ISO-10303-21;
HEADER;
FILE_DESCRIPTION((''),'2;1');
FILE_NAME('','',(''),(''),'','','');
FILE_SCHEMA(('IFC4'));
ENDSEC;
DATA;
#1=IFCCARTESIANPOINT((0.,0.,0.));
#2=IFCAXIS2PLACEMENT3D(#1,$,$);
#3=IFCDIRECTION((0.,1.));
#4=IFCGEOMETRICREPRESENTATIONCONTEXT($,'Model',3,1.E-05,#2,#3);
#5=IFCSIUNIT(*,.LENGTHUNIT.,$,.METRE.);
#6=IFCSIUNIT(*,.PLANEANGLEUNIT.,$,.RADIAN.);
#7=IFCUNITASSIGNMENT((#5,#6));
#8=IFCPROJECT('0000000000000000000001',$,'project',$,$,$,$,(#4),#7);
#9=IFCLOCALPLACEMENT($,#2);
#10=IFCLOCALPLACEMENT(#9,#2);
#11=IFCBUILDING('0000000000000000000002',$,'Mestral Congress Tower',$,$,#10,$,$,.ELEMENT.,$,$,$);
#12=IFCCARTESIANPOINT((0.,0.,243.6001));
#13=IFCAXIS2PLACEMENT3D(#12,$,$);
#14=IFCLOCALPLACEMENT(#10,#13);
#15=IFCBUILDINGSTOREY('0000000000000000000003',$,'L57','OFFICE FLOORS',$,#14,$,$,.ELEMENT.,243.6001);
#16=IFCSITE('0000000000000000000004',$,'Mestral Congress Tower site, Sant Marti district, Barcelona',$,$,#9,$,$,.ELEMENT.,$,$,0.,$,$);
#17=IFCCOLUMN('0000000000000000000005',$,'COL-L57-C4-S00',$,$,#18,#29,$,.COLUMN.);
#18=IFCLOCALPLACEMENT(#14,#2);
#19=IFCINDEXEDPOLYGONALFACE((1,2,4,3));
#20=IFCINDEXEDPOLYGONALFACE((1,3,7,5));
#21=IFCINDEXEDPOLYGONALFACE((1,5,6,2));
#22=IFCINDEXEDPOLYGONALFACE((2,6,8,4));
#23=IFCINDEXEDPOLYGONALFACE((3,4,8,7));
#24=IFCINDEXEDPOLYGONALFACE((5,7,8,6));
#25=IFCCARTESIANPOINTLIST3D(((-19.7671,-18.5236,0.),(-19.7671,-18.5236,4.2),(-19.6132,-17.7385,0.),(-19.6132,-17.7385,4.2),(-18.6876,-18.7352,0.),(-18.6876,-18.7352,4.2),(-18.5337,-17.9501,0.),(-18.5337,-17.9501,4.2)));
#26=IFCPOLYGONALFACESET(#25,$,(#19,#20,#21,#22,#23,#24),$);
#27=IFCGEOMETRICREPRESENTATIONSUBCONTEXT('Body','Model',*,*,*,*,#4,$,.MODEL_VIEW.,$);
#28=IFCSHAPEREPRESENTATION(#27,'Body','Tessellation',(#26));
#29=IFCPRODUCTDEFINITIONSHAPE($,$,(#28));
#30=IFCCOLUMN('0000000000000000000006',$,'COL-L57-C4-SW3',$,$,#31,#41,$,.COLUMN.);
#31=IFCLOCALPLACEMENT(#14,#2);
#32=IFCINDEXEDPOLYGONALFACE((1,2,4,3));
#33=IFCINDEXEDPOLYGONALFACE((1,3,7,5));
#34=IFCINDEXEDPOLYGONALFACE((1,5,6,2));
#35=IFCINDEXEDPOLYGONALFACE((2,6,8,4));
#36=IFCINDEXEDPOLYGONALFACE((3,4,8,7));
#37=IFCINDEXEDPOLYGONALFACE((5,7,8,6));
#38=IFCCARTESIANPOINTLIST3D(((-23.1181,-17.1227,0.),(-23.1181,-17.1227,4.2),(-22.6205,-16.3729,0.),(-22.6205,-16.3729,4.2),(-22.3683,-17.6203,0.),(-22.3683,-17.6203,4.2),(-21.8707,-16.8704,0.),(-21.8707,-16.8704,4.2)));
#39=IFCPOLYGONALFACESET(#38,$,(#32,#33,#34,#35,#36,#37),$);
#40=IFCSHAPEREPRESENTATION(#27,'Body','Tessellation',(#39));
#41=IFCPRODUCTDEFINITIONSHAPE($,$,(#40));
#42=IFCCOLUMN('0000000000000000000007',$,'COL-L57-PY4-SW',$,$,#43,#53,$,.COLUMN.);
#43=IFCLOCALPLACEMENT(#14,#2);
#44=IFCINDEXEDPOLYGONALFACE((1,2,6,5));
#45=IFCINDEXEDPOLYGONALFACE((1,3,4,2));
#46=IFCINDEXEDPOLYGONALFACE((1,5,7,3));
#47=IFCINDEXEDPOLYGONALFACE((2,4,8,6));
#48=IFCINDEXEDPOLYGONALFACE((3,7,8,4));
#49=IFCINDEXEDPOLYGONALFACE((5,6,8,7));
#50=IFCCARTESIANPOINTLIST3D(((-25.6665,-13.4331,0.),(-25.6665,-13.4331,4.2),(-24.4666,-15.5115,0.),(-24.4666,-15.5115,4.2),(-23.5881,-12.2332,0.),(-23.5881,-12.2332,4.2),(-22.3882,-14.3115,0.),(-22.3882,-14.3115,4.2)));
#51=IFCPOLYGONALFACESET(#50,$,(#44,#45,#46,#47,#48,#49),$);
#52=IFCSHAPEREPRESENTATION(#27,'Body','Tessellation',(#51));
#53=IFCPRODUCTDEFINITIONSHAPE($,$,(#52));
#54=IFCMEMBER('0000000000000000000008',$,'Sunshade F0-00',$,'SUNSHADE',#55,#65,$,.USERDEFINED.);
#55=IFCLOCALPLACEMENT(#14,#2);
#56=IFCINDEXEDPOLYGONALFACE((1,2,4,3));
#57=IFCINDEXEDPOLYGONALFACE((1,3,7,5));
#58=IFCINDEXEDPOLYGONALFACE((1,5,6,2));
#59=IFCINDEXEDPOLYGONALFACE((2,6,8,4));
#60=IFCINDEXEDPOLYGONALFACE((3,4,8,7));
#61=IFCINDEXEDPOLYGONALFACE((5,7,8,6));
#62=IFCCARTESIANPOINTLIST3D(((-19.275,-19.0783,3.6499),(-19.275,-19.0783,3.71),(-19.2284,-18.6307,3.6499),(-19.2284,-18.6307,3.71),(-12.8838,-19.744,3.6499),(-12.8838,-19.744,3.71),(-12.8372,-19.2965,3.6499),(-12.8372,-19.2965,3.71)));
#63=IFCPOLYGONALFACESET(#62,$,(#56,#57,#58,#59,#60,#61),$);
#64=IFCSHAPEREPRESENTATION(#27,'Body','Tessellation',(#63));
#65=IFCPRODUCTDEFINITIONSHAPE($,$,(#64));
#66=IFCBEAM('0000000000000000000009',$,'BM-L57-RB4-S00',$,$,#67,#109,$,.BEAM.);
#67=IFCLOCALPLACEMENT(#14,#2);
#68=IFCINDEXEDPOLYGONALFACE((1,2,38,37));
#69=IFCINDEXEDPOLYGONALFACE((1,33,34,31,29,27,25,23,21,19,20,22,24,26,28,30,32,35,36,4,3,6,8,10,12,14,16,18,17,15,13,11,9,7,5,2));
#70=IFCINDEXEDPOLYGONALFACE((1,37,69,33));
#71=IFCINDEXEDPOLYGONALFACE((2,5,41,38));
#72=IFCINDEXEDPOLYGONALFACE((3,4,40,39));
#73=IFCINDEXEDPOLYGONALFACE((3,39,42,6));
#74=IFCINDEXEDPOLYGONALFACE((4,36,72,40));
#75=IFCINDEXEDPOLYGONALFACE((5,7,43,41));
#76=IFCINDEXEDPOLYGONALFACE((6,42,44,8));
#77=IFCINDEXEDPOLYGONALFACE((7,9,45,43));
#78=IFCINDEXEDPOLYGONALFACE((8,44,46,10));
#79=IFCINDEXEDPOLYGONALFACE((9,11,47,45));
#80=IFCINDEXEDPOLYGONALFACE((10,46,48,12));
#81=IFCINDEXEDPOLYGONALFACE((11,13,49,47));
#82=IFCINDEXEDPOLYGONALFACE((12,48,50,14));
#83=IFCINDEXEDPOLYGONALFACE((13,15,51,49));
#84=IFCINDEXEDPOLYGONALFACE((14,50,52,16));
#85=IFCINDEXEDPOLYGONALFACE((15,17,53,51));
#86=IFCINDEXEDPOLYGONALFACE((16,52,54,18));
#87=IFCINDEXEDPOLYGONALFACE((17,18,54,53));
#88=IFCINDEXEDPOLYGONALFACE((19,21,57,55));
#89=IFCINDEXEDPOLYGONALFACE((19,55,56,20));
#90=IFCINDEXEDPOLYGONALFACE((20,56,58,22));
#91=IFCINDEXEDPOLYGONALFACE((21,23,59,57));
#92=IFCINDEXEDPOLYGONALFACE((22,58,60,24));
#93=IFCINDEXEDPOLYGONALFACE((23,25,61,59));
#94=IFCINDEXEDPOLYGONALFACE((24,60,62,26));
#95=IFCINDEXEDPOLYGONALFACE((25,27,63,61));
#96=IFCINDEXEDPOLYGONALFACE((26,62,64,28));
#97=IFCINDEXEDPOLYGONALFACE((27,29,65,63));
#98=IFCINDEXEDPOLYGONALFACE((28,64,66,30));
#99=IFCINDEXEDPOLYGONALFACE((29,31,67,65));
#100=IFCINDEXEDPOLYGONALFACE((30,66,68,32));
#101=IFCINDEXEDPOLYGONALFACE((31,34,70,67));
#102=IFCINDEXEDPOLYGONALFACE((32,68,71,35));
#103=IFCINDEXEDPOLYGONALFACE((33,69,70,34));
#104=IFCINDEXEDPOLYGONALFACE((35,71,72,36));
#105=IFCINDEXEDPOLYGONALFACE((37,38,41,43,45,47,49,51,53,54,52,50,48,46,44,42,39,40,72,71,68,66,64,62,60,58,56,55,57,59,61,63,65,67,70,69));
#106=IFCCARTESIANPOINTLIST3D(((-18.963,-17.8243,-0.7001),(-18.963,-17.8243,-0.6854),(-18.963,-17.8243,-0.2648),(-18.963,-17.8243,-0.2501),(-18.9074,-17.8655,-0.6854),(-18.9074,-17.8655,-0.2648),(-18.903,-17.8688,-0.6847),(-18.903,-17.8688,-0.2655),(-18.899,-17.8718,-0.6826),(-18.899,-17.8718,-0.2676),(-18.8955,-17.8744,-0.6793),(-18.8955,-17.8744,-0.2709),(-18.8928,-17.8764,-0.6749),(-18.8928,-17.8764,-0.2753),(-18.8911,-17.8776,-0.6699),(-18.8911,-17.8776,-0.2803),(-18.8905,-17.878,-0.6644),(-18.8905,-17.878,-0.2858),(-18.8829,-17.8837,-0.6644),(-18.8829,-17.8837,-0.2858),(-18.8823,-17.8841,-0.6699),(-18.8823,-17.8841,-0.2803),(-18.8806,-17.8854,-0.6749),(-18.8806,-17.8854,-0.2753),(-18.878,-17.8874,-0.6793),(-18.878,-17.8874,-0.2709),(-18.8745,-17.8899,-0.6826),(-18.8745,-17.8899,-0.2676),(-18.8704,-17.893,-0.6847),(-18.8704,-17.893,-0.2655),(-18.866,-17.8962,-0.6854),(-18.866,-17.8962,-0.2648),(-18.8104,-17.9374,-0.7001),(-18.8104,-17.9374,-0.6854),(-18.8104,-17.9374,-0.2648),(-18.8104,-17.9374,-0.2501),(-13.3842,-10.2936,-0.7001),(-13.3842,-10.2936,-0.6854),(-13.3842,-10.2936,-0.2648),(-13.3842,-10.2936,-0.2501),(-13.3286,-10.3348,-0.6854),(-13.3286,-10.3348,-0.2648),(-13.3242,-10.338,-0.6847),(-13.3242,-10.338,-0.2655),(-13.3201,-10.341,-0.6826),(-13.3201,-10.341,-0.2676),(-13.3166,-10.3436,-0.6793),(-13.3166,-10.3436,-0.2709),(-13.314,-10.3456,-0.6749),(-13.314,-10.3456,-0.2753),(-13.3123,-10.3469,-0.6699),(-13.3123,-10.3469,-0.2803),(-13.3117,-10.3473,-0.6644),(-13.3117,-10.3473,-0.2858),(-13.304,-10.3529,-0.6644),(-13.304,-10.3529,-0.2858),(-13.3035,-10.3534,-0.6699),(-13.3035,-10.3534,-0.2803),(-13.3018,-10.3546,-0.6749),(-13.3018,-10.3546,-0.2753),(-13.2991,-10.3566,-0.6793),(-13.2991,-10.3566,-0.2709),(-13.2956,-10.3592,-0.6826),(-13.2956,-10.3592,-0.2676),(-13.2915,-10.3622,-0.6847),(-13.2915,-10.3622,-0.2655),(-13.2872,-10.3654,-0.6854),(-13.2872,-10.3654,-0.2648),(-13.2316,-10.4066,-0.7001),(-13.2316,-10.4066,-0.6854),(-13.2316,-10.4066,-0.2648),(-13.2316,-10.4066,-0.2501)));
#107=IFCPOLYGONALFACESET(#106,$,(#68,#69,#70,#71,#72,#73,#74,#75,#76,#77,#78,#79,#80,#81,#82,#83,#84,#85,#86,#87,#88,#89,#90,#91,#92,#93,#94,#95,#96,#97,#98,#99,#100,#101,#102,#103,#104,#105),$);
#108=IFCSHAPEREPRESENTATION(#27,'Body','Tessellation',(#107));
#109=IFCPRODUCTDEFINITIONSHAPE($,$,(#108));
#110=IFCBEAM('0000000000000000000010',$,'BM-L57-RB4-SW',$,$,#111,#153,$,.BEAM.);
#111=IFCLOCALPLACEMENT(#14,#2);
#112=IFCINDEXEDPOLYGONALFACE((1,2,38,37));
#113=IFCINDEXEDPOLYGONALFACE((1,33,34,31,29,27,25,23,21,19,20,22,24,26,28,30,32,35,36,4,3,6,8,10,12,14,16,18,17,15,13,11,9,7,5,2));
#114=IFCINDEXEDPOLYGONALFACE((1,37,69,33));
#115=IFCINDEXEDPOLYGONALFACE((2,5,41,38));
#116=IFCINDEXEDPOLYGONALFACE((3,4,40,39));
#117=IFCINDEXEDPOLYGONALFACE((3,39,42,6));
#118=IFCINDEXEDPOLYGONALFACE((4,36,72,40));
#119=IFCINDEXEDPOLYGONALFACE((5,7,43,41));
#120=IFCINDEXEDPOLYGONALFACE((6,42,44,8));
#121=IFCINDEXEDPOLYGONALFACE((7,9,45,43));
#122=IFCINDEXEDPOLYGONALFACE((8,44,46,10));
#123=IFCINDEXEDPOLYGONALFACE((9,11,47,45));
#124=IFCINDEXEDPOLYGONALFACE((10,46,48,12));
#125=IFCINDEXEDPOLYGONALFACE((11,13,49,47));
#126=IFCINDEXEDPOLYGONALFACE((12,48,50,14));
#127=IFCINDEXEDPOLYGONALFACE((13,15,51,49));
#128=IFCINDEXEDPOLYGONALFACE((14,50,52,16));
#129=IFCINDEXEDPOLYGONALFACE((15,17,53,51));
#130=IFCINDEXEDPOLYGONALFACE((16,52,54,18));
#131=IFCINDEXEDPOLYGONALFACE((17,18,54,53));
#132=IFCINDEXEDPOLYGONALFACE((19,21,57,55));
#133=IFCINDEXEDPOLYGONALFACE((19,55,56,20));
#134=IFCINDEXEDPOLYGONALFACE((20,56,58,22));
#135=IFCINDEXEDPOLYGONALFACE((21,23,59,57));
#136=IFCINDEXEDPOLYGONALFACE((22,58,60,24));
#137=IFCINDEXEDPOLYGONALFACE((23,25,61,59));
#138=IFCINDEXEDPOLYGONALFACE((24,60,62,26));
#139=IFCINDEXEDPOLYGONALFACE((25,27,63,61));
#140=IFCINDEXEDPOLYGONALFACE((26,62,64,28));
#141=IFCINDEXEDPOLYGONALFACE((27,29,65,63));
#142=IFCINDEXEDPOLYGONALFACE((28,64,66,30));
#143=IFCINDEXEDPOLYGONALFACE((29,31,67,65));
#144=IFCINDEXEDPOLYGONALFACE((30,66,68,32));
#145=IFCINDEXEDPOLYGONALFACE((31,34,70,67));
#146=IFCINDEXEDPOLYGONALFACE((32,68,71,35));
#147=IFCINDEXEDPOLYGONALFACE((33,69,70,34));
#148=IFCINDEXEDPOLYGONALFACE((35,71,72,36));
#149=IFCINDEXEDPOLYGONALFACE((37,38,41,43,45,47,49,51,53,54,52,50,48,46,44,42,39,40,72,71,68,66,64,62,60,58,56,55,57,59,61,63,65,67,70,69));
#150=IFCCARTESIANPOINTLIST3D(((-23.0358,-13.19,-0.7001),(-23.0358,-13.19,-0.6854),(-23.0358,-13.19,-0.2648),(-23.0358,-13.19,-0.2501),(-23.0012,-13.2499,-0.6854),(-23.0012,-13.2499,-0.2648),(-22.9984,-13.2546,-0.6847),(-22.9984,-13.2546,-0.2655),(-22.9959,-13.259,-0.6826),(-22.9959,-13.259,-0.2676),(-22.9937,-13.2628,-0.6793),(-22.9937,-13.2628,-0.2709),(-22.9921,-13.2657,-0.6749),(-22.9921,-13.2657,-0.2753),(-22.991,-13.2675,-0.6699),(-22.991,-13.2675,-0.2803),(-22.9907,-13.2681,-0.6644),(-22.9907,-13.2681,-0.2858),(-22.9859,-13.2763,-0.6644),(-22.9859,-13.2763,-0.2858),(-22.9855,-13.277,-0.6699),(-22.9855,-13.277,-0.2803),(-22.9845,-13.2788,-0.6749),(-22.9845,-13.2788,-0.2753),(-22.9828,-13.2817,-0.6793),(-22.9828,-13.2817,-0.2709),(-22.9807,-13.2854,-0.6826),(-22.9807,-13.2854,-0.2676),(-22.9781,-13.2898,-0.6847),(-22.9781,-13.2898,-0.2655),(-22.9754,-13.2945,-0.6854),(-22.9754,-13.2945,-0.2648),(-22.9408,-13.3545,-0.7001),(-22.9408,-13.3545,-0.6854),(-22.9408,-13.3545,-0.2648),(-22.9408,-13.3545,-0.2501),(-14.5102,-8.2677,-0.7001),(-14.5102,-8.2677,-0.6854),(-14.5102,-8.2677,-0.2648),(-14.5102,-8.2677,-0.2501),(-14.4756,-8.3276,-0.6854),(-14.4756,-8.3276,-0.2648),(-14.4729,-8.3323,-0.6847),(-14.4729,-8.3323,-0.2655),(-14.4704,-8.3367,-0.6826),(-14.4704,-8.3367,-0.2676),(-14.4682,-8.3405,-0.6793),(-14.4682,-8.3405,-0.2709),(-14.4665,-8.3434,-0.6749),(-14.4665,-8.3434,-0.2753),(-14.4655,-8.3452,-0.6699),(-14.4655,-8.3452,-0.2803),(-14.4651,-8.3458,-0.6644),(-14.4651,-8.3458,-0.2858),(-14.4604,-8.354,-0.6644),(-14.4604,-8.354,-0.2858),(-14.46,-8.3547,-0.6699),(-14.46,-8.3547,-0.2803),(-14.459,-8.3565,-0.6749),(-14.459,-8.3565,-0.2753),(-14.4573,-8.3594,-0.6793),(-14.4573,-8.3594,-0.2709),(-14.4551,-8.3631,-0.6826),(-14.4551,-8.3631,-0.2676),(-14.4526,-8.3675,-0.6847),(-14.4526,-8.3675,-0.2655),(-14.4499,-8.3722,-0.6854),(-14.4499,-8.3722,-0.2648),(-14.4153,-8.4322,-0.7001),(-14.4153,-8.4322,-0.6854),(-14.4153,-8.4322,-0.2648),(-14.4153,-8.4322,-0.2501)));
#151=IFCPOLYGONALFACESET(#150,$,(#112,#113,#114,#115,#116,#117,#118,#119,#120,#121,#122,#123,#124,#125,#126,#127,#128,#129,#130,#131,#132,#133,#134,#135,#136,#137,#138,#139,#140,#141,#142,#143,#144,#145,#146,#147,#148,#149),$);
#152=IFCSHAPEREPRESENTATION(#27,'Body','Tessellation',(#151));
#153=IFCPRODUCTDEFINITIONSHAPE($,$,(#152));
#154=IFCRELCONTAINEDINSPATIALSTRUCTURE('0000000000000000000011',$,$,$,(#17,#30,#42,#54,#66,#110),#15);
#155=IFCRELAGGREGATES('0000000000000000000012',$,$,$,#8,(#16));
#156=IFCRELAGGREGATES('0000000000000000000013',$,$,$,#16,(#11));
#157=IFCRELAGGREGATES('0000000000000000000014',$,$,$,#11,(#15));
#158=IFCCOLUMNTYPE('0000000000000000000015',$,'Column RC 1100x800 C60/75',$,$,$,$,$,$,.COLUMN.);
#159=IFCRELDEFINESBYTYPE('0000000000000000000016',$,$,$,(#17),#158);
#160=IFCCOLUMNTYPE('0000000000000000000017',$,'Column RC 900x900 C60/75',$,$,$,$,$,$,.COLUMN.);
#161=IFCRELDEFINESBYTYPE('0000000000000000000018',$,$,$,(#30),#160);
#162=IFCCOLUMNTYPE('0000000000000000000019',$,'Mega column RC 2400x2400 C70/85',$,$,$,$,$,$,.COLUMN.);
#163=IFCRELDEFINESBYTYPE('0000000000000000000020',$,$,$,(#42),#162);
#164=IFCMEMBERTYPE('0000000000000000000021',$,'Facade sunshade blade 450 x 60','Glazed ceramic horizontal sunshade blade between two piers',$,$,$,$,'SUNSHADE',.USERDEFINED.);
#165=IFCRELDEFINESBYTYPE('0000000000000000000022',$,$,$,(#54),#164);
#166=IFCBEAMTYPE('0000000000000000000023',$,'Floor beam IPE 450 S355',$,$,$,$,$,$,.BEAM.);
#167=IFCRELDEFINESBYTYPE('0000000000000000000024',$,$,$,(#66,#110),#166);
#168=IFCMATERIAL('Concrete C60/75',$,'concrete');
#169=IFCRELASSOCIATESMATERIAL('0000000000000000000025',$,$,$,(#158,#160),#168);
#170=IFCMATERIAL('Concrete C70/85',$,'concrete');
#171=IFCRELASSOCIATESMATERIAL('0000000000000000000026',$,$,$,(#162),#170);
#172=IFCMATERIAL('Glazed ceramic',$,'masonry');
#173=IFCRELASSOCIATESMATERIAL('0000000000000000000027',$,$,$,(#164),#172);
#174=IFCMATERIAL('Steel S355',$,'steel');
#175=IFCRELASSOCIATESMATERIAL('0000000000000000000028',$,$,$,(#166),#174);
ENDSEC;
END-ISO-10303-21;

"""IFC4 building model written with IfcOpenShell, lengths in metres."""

from ifc_helpers import new_model, si_unit, direction, frame, origin, origin_2d, place, context, subcontext, project, spatial, rectangle, i_section, extrude, material, material_profile, profile_set, type_object, element, save


model = new_model("IFC4")

# Units and contexts
model_context = context("Model", 3, precision=1e-05, world=origin(), true_north=direction((0.0, 1.0)))
body_context = subcontext(model_context, "Body", "Model", "MODEL_VIEW")
ifc_project = project(units=[si_unit("LENGTHUNIT", "METRE"), si_unit("PLANEANGLEUNIT", "RADIAN")], contexts=[model_context])

# Site, building, storey
site_placement = place(None, origin())
site = spatial("IfcSite", under=ifc_project, at=site_placement, Name="Mestral Congress Tower site, Sant Marti district, Barcelona", CompositionType="ELEMENT", RefElevation=0.0)
building_placement = place(site_placement, origin())
building = spatial("IfcBuilding", under=site, at=building_placement, Name="Mestral Congress Tower", CompositionType="ELEMENT")
storey_placement = place(building_placement, frame((0.0, 0.0, 243.6001)))
storey = spatial("IfcBuildingStorey", under=building, at=storey_placement, Name="L57", Description="OFFICE FLOORS", CompositionType="ELEMENT", Elevation=243.6001)

# Columns
ifc_material_1 = material(Name="Concrete C60/75", Category="concrete")
ifc_material_profile_1 = material_profile(ifc_material_1, rectangle(XDim=1.1001, YDim=0.8, at=origin_2d()), Name="RC 1100x800")
ifc_profile_set_1 = profile_set([ifc_material_profile_1], Name="Concrete C60/75")
column_type_1 = type_object("IfcColumnType", Name="Column RC 1100x800 C60/75", PredefinedType="COLUMN", material=ifc_profile_set_1)
column_1_placement = place(storey_placement, frame((-19.1504, -18.2368, 0.0), z_axis=(0.0, 0.0, 1.0), x_axis=(0.981325, -0.192359, 0.0)))
element("IfcColumn", 1, at=column_1_placement, inside=storey, type_object=column_type_1, Name="COL-L57-C4-S00", PredefinedType="COLUMN", context=body_context, shape_type="SweptSolid", body=[
    extrude(rectangle(XDim=1.1001, YDim=0.8, at=origin_2d()), origin(), (0.0, 0.0, 1.0), 4.2),
])
ifc_material_profile_2 = material_profile(ifc_material_1, rectangle(XDim=0.8999, YDim=0.8999, at=origin_2d()), Name="RC 900x900")
ifc_profile_set_2 = profile_set([ifc_material_profile_2], Name="Concrete C60/75")
column_type_2 = type_object("IfcColumnType", Name="Column RC 900x900 C60/75", PredefinedType="COLUMN", material=ifc_profile_set_2)
column_2_placement = place(storey_placement, frame((-22.4944, -16.9966, 0.0), z_axis=(0.0, 0.0, 1.0), x_axis=(0.833239, -0.552913, 0.0)))
element("IfcColumn", 2, at=column_2_placement, inside=storey, type_object=column_type_2, Name="COL-L57-C4-SW3", PredefinedType="COLUMN", context=body_context, shape_type="SweptSolid", body=[
    extrude(rectangle(XDim=0.8999, YDim=0.8999, at=origin_2d()), origin(), (0.0, 0.0, 1.0), 4.2),
])
ifc_material_2 = material(Name="Concrete C70/85", Category="concrete")
ifc_material_profile_3 = material_profile(ifc_material_2, rectangle(XDim=2.3999, YDim=2.3999, at=origin_2d()), Name="RC 2400x2400")
ifc_profile_set_3 = profile_set([ifc_material_profile_3], Name="Concrete C70/85")
column_type_3 = type_object("IfcColumnType", Name="Mega column RC 2400x2400 C70/85", PredefinedType="COLUMN", material=ifc_profile_set_3)
column_3_placement = place(storey_placement, frame((-24.0273, -13.8723, 0.0), z_axis=(0.0, 0.0, 1.0), x_axis=(-0.866025, -0.5, 0.0)))
element("IfcColumn", 3, at=column_3_placement, inside=storey, type_object=column_type_3, Name="COL-L57-PY4-SW", PredefinedType="COLUMN", context=body_context, shape_type="SweptSolid", body=[
    extrude(rectangle(XDim=2.3999, YDim=2.3999, at=origin_2d()), origin(), (0.0, 0.0, 1.0), 4.2),
])

# Member
ifc_material_3 = material(Name="Glazed ceramic", Category="masonry")
ifc_material_profile_4 = material_profile(ifc_material_3, rectangle(XDim=0.45, YDim=0.0601, at=origin_2d()), Name="Ceramic blade 450 x 60")
ifc_profile_set_4 = profile_set([ifc_material_profile_4], Name="Glazed ceramic")
member_type = type_object("IfcMemberType", Name="Facade sunshade blade 450 x 60", Description="Glazed ceramic horizontal sunshade blade between two piers", ElementType="SUNSHADE", PredefinedType="USERDEFINED", material=ifc_profile_set_4)
member_placement = place(storey_placement, frame((-19.2517, -18.8545, 3.6799), z_axis=(0.994618, -0.103611, 0.0), x_axis=(0.103611, 0.994618, 0.0)))
element("IfcMember", 4, at=member_placement, inside=storey, type_object=member_type, Name="Sunshade F0-00", ObjectType="SUNSHADE", PredefinedType="USERDEFINED", context=body_context, shape_type="SweptSolid", body=[
    extrude(rectangle(XDim=0.45, YDim=0.0601, at=origin_2d()), origin(), (0.0, 0.0, 1.0), 6.4258),
])

# Beams
ifc_material_4 = material(Name="Steel S355", Category="steel")
ifc_material_profile_5 = material_profile(ifc_material_4, i_section(OverallWidth=0.1899, OverallDepth=0.45, WebThickness=0.0095, FlangeThickness=0.0146, FilletRadius=0.021, at=origin_2d()), Name="IPE 450")
ifc_profile_set_5 = profile_set([ifc_material_profile_5], Name="Steel S355")
beam_type_1 = type_object("IfcBeamType", Name="Floor beam IPE 450 S355", PredefinedType="BEAM", material=ifc_profile_set_5)
beam_1_placement = place(storey_placement, frame((-18.8867, -17.8809, -0.4751), z_axis=(0.595263, 0.803531, 0.0), x_axis=(-0.803531, 0.595263, 0.0)))
element("IfcBeam", 5, at=beam_1_placement, inside=storey, type_object=beam_type_1, Name="BM-L57-RB4-S00", PredefinedType="BEAM", context=body_context, shape_type="SweptSolid", body=[
    extrude(i_section(OverallWidth=0.1899, OverallDepth=0.45, WebThickness=0.0095, FlangeThickness=0.0146, FilletRadius=0.021, at=origin_2d()), origin(), (0.0, 0.0, 1.0), 9.3721),
])
beam_2_placement = place(storey_placement, frame((-22.9883, -13.2722, -0.4751), z_axis=(0.866022, 0.500007, 0.0), x_axis=(-0.500007, 0.866022, 0.0)))
element("IfcBeam", 6, at=beam_2_placement, inside=storey, type_object=beam_type_1, Name="BM-L57-RB4-SW", PredefinedType="BEAM", context=body_context, shape_type="SweptSolid", body=[
    extrude(i_section(OverallWidth=0.1899, OverallDepth=0.45, WebThickness=0.0095, FlangeThickness=0.0146, FilletRadius=0.021, at=origin_2d()), origin(), (0.0, 0.0, 1.0), 9.8445),
])

save(model, "model.ifc")
